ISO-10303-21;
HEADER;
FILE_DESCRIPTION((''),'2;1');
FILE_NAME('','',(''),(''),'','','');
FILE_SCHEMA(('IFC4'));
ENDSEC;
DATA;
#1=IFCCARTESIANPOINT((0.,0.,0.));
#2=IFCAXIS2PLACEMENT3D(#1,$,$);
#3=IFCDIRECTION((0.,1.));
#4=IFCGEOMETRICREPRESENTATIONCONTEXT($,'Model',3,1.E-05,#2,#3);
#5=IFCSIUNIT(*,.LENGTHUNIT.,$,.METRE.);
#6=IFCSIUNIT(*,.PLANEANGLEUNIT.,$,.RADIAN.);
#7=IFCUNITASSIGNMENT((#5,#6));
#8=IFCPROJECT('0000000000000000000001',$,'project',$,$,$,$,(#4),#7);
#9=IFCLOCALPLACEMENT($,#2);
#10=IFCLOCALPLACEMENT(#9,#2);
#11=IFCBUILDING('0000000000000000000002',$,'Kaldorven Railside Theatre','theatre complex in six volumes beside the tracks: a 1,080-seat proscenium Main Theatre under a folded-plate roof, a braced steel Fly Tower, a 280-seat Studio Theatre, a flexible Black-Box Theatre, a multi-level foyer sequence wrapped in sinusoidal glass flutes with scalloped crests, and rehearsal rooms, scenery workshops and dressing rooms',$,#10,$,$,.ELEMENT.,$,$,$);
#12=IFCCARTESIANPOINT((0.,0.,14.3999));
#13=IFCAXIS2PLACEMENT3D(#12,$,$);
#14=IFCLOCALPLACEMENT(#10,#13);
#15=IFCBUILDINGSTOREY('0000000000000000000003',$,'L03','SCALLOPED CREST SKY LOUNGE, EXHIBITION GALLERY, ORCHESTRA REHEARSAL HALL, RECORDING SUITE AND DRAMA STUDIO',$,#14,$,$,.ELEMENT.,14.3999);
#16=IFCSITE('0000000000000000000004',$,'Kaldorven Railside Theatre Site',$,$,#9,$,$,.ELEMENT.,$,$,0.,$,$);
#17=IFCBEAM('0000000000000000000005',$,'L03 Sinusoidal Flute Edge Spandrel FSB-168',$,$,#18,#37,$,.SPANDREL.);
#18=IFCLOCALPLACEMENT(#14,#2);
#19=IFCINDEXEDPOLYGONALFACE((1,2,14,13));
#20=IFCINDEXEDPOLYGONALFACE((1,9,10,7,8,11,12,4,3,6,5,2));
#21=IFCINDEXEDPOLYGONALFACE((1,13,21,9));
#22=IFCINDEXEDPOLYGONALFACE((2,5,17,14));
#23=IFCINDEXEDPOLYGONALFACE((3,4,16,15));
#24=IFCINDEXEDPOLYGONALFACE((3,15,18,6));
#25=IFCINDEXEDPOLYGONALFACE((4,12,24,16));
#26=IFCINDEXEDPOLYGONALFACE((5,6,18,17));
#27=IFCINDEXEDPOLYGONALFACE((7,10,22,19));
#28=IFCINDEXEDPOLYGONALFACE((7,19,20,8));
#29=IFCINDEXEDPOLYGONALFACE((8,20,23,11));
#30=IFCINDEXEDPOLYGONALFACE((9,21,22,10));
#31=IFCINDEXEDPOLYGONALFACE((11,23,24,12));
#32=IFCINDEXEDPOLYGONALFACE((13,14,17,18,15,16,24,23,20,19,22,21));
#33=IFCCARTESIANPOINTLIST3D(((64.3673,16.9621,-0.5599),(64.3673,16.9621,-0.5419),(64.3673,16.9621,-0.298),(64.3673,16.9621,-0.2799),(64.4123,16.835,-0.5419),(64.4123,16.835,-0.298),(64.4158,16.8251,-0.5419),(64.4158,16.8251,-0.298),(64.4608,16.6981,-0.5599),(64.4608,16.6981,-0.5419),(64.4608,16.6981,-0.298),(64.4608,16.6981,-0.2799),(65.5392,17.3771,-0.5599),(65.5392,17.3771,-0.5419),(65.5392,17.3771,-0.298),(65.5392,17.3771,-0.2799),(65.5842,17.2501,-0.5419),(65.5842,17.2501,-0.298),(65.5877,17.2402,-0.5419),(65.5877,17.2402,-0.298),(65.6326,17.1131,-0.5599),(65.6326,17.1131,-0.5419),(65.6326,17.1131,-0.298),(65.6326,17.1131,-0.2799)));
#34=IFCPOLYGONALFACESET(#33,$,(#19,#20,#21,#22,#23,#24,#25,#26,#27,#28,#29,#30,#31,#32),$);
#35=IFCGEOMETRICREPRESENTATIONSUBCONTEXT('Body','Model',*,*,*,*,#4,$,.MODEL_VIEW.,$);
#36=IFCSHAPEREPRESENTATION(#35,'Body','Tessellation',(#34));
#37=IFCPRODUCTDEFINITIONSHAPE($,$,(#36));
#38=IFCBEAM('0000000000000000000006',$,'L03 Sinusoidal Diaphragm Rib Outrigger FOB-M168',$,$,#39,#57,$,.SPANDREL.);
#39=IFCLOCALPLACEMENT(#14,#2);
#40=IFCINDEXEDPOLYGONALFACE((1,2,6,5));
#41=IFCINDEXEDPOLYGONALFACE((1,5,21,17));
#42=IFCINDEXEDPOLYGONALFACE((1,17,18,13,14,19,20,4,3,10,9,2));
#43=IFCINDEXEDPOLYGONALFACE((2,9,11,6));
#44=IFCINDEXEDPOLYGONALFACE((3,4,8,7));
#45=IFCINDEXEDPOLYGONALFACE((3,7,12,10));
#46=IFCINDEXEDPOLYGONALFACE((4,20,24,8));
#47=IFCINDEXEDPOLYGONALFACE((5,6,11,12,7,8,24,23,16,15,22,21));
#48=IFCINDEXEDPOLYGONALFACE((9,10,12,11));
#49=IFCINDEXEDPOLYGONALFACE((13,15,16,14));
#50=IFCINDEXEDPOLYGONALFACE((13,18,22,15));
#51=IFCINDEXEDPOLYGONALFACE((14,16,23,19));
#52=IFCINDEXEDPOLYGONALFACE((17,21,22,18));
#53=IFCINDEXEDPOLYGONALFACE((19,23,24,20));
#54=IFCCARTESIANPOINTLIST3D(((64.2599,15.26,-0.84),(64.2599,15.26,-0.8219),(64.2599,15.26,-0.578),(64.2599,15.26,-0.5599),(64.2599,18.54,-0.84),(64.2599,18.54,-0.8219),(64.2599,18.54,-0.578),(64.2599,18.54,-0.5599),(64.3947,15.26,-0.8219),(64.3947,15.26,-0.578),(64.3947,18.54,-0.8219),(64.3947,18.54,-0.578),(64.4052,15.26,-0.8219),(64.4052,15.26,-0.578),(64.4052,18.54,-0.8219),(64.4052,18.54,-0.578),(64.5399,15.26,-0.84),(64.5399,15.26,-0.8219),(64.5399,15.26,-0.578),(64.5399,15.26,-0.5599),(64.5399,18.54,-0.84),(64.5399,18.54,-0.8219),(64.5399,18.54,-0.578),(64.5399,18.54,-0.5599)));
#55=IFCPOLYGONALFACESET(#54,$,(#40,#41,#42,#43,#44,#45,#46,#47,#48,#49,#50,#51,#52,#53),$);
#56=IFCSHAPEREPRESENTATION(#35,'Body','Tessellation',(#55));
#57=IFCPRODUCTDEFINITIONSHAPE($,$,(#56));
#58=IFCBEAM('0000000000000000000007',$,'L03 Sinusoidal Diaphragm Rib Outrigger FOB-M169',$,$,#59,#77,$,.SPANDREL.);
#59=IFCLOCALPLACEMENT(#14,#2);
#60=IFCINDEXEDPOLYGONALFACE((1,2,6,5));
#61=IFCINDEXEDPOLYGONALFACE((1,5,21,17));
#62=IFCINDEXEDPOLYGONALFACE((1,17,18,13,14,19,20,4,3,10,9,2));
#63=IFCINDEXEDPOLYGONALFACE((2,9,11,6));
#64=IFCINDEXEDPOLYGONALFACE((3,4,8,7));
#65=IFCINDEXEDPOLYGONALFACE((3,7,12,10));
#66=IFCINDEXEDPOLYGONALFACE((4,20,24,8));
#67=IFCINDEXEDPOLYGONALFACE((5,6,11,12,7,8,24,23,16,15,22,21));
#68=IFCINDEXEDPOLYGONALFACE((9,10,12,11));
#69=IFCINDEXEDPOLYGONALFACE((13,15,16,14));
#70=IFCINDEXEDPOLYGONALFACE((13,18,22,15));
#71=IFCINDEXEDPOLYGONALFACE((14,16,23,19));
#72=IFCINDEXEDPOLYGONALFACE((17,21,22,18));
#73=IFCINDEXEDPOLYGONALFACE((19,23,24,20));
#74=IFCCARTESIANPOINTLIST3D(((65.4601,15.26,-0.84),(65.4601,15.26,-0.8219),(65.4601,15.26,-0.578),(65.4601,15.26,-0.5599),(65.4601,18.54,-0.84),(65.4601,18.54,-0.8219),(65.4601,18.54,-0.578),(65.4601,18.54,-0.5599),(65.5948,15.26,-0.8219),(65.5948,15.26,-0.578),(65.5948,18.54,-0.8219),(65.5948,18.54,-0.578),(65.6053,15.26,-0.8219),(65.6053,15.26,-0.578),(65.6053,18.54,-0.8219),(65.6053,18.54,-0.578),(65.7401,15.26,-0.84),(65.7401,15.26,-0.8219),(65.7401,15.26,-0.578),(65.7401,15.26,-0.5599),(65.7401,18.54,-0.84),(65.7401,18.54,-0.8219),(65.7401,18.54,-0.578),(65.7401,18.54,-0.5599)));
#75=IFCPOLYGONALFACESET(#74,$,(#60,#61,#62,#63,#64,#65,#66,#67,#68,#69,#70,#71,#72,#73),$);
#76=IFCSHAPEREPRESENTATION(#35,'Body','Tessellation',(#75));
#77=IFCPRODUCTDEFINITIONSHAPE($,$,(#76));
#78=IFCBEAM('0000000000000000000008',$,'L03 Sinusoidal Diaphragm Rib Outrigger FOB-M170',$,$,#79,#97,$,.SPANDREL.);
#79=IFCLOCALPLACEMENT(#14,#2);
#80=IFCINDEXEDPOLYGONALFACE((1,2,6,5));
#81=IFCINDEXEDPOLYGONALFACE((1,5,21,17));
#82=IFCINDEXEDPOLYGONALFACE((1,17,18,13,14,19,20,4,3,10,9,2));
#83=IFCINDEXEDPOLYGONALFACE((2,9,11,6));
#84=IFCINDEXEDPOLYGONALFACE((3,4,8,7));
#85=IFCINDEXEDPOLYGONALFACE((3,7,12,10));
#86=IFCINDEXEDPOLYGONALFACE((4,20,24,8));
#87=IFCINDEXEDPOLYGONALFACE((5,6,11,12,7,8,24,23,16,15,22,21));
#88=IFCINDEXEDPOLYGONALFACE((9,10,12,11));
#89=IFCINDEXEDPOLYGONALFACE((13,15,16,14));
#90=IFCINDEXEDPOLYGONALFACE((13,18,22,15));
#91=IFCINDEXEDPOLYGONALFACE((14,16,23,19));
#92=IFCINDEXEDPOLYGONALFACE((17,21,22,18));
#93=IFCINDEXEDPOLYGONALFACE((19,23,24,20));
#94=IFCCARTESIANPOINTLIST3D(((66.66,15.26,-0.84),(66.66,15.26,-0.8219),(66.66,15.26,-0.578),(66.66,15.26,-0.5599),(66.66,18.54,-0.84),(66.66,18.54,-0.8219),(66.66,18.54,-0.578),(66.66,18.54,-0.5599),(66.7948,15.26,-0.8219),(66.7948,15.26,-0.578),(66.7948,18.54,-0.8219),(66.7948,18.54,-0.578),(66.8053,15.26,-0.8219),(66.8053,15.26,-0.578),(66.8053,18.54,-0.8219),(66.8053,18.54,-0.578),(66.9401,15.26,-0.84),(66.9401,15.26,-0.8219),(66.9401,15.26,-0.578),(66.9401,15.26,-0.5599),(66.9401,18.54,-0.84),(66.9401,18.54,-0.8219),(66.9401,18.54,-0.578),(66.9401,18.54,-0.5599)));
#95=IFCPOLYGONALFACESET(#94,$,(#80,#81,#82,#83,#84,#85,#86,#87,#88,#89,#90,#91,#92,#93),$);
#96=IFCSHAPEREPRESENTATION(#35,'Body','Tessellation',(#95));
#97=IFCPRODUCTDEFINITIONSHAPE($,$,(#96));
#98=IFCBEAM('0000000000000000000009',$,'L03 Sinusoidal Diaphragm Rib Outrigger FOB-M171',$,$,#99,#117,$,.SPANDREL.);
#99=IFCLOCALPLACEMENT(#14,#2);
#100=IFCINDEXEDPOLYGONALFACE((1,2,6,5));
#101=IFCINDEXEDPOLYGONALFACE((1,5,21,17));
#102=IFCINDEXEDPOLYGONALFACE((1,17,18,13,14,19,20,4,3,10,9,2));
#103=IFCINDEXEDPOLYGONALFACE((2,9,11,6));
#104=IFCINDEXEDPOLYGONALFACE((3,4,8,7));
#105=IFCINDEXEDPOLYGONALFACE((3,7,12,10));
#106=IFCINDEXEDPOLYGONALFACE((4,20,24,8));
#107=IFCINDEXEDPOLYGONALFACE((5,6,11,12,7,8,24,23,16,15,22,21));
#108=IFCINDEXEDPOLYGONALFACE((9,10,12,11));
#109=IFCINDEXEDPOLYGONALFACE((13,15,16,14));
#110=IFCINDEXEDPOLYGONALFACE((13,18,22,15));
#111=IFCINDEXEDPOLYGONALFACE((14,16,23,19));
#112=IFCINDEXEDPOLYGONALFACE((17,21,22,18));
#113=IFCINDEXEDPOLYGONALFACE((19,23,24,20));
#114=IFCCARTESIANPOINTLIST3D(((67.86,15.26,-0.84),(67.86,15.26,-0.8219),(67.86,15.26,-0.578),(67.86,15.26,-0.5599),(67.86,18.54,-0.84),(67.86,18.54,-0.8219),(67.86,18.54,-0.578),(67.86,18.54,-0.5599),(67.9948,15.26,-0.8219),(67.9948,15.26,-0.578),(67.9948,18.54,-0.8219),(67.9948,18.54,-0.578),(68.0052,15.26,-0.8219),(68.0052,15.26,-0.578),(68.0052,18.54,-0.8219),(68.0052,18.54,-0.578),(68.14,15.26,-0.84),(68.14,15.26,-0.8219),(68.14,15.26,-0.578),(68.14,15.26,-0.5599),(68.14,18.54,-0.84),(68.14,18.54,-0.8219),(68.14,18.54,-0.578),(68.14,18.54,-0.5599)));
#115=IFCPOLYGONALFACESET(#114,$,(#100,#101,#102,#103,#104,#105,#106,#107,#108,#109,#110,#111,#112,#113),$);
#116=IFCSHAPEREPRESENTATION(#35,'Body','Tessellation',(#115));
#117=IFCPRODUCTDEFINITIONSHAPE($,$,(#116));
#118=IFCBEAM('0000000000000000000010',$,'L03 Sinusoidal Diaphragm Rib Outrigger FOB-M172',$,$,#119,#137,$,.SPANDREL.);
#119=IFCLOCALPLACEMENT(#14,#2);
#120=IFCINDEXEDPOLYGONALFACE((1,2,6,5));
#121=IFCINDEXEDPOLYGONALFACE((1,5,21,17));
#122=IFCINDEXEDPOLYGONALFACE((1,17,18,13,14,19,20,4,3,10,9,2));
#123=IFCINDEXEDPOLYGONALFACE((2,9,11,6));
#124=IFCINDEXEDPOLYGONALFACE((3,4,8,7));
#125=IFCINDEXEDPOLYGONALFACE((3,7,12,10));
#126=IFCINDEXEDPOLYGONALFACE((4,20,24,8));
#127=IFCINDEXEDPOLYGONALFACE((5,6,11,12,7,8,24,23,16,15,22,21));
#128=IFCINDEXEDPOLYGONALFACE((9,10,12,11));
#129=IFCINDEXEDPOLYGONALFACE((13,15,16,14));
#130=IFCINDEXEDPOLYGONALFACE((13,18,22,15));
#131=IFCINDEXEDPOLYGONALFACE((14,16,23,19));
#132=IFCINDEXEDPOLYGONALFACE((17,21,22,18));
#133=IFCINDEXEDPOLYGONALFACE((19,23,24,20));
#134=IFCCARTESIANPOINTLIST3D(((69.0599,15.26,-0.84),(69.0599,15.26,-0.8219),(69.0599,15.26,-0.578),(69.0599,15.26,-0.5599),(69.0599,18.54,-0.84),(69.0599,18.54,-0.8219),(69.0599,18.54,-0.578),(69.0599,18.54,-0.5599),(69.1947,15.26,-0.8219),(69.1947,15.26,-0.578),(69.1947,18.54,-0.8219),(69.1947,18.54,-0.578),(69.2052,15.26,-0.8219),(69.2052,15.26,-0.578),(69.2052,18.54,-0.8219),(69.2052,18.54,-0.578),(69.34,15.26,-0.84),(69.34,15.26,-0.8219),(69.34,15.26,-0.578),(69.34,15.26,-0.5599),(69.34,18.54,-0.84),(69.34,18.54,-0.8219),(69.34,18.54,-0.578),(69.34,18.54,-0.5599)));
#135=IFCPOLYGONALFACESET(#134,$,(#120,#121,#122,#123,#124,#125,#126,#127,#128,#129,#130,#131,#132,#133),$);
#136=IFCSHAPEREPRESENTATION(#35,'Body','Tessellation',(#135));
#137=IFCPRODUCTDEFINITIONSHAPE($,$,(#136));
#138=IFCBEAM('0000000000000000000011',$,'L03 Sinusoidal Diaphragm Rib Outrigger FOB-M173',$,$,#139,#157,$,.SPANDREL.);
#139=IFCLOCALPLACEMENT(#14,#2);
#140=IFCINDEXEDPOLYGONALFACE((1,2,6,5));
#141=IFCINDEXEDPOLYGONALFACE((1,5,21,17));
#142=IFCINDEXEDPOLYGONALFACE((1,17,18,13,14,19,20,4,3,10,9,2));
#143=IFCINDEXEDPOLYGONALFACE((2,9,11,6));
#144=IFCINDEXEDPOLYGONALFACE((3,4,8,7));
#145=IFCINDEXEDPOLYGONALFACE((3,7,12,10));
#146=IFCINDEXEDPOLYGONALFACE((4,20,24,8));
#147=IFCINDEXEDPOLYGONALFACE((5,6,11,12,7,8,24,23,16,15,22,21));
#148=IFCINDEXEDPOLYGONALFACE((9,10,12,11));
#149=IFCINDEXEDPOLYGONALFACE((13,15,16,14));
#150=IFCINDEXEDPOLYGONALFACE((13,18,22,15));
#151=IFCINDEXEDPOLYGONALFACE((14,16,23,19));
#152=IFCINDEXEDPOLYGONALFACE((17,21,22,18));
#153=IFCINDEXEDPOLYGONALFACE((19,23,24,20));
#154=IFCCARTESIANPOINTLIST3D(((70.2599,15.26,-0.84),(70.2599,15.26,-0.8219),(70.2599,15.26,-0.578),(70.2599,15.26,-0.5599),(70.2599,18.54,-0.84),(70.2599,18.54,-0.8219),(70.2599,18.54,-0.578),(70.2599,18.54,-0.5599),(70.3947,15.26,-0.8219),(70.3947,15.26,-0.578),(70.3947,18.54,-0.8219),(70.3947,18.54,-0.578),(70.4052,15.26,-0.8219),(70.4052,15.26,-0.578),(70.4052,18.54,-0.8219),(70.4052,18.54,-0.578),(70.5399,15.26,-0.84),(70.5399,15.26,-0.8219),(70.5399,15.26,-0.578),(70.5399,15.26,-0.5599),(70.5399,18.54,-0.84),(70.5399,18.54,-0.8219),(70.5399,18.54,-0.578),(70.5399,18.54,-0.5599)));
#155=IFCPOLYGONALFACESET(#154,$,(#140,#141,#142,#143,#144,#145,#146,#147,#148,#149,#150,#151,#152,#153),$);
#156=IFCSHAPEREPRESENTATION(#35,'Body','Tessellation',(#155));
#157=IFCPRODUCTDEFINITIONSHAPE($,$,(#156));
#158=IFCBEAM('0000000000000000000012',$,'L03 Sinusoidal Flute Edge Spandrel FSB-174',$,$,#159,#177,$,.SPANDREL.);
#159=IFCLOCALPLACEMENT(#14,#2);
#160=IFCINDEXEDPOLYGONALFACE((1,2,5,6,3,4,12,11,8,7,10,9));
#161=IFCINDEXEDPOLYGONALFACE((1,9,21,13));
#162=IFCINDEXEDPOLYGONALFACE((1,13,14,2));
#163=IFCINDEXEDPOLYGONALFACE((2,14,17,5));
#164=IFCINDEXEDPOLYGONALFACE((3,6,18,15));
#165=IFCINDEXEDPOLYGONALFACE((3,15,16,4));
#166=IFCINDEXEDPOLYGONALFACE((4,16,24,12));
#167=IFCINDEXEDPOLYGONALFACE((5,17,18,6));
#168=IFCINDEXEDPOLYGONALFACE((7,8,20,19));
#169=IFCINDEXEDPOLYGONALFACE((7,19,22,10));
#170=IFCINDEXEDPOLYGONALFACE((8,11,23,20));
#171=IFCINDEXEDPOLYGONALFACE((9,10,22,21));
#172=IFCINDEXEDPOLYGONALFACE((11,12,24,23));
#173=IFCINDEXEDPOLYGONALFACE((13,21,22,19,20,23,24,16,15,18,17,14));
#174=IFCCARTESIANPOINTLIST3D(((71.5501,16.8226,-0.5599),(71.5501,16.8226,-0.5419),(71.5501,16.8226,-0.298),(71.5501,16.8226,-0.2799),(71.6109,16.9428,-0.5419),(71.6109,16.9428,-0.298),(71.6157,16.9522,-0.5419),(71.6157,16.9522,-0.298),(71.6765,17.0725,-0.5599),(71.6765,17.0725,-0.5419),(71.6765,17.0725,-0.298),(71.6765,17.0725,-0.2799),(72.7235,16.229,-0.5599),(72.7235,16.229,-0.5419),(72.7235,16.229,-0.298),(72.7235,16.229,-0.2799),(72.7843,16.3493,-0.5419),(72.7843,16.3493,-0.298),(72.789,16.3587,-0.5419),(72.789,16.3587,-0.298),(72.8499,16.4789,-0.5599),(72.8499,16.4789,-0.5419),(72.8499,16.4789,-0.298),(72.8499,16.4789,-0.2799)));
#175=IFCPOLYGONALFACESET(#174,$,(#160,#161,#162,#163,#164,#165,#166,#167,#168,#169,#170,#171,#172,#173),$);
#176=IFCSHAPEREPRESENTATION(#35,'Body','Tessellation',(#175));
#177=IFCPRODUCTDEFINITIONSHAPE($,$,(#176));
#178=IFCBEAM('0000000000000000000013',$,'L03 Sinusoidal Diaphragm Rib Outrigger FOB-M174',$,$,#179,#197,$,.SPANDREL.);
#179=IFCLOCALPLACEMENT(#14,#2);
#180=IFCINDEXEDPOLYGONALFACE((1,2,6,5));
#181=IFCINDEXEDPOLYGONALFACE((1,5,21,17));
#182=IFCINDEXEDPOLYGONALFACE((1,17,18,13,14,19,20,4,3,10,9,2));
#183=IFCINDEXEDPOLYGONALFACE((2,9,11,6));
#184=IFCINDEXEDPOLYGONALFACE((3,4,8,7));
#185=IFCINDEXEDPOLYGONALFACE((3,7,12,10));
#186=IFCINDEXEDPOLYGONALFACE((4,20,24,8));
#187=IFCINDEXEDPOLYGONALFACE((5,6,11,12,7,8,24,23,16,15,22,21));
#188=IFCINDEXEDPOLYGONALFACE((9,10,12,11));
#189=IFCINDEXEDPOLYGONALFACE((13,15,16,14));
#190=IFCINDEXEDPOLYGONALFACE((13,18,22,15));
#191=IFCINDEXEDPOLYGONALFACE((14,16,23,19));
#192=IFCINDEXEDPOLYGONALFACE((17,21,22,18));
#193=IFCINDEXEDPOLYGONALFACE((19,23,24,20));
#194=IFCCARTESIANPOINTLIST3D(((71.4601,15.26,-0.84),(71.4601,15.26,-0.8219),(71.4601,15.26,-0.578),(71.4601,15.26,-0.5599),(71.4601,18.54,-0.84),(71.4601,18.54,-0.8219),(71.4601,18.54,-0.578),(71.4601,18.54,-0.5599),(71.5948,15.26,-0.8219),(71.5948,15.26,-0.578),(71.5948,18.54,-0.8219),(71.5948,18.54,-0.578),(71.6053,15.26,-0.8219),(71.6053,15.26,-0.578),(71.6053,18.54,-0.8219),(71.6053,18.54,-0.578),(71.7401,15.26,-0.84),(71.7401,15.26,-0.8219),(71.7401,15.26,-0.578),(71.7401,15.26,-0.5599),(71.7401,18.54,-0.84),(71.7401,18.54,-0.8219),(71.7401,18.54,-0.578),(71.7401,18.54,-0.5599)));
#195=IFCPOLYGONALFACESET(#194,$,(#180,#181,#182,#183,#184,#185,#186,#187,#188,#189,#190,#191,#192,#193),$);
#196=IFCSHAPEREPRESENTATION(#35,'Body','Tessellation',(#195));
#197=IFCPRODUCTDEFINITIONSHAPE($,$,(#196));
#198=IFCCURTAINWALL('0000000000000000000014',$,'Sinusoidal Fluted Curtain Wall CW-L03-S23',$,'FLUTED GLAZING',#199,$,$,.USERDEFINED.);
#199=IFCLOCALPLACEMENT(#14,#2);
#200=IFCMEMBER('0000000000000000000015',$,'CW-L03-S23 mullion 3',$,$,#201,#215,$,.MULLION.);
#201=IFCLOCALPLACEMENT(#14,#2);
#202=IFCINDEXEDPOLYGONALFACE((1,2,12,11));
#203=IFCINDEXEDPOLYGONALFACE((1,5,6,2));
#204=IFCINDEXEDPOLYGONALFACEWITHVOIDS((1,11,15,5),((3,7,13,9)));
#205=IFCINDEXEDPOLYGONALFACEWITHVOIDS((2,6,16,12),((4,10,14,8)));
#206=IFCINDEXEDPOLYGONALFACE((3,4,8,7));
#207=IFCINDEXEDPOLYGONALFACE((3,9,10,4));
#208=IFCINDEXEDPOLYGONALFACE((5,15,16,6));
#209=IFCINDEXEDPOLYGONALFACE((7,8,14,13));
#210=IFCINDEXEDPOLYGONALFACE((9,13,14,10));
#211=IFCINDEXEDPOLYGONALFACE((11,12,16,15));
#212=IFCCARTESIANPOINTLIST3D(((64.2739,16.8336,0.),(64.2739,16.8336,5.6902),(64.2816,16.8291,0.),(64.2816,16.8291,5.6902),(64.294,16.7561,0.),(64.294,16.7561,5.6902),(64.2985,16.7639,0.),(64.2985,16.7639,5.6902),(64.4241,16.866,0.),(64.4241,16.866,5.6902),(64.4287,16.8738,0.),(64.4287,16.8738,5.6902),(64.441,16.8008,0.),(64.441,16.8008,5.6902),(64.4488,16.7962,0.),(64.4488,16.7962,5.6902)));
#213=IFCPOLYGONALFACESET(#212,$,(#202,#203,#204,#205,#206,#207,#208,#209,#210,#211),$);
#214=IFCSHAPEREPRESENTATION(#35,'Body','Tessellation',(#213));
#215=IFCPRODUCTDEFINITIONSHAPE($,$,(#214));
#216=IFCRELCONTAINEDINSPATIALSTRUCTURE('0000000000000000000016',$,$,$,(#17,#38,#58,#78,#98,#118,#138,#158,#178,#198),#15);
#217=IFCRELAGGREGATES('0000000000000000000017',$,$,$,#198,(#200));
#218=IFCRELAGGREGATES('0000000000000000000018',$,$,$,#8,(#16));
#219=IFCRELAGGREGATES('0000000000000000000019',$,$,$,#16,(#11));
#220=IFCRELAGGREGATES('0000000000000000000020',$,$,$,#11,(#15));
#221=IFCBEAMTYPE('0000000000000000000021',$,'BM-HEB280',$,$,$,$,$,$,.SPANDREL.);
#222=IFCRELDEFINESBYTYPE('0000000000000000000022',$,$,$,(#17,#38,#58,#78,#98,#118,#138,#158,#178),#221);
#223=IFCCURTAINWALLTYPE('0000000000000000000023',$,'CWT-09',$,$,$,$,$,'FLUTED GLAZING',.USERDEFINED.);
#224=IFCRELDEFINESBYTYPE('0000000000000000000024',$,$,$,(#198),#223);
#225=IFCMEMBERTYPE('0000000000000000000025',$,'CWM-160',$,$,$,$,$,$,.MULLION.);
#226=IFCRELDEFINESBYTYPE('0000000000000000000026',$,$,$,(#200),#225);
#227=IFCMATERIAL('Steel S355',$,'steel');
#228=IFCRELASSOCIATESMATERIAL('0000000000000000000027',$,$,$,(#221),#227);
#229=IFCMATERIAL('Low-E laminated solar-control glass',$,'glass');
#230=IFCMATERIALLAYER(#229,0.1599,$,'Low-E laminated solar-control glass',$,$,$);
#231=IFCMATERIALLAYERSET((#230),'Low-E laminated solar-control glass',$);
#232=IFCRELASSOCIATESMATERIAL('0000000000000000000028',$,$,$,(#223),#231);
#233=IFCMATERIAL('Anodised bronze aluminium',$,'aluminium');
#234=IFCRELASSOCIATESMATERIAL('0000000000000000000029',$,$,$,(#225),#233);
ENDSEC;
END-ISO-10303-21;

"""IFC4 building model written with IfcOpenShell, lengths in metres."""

from ifc_helpers import new_model, si_unit, direction, frame, origin, origin_2d, place, context, subcontext, project, spatial, hollow_rectangle, i_section, extrude, material, layer, layer_set, material_profile, profile_set, type_object, element, aggregate, save


model = new_model("IFC4")

# Units and contexts
model_context = context("Model", 3, precision=1e-05, world=origin(), true_north=direction((0.0, 1.0)))
body_context = subcontext(model_context, "Body", "Model", "MODEL_VIEW")
ifc_project = project(units=[si_unit("LENGTHUNIT", "METRE"), si_unit("PLANEANGLEUNIT", "RADIAN")], contexts=[model_context])

# Site, building, storey
site_placement = place(None, origin())
site = spatial("IfcSite", under=ifc_project, at=site_placement, Name="Kaldorven Railside Theatre Site", CompositionType="ELEMENT", RefElevation=0.0)
building_placement = place(site_placement, origin())
building = spatial("IfcBuilding", under=site, at=building_placement, Name="Kaldorven Railside Theatre", Description="theatre complex in six volumes beside the tracks: a 1,080-seat proscenium Main Theatre under a folded-plate roof, a braced steel Fly Tower, a 280-seat Studio Theatre, a flexible Black-Box Theatre, a multi-level foyer sequence wrapped in sinusoidal glass flutes with scalloped crests, and rehearsal rooms, scenery workshops and dressing rooms", CompositionType="ELEMENT")
storey_placement = place(building_placement, frame((0.0, 0.0, 14.3999)))
storey = spatial("IfcBuildingStorey", under=building, at=storey_placement, Name="L03", Description="SCALLOPED CREST SKY LOUNGE, EXHIBITION GALLERY, ORCHESTRA REHEARSAL HALL, RECORDING SUITE AND DRAMA STUDIO", CompositionType="ELEMENT", Elevation=14.3999)

# Beams
ifc_material_1 = material(Name="Steel S355", Category="steel")
ifc_material_profile_1 = material_profile(ifc_material_1, i_section(OverallWidth=0.28, OverallDepth=0.28, WebThickness=0.0105, FlangeThickness=0.0181, at=origin_2d()), Name="HEB 280")
ifc_profile_set_1 = profile_set([ifc_material_profile_1], Name="Steel S355")
beam_type = type_object("IfcBeamType", Name="BM-HEB280", PredefinedType="SPANDREL", material=ifc_profile_set_1)
beam_1_placement = place(storey_placement, frame((64.4141, 16.8301, -0.4199), z_axis=(0.942627, 0.333847, 0.0), x_axis=(-0.333847, 0.942627, 0.0)))
element("IfcBeam", 1, at=beam_1_placement, inside=storey, type_object=beam_type, Name="L03 Sinusoidal Flute Edge Spandrel FSB-168", PredefinedType="SPANDREL", context=body_context, shape_type="SweptSolid", body=[
    extrude(i_section(OverallWidth=0.28, OverallDepth=0.28, WebThickness=0.0105, FlangeThickness=0.0181, at=origin_2d()), origin(), (0.0, 0.0, 1.0), 1.2432),
])
for number, where, z_axis, x_axis, name in (
    (2, (64.3999, 15.26, -0.7), (0.0, 1.0, 0.0), (-1.0, 0.0, 0.0), "L03 Sinusoidal Diaphragm Rib Outrigger FOB-M168"),
    (3, (65.6001, 15.26, -0.7), (0.0, 1.0, 0.0), (-1.0, 0.0, 0.0), "L03 Sinusoidal Diaphragm Rib Outrigger FOB-M169"),
    (4, (66.8, 15.26, -0.7), (0.0, 1.0, 0.0), (-1.0, 0.0, 0.0), "L03 Sinusoidal Diaphragm Rib Outrigger FOB-M170"),
    (5, (68.0, 15.26, -0.7), (0.0, 1.0, 0.0), (-1.0, 0.0, 0.0), "L03 Sinusoidal Diaphragm Rib Outrigger FOB-M171"),
    (6, (69.2, 15.26, -0.7), (0.0, 1.0, 0.0), (-1.0, 0.0, 0.0), "L03 Sinusoidal Diaphragm Rib Outrigger FOB-M172"),
    (7, (70.3999, 15.26, -0.7), (0.0, 1.0, 0.0), (-1.0, 0.0, 0.0), "L03 Sinusoidal Diaphragm Rib Outrigger FOB-M173"),
):
    element("IfcBeam", number, at=place(storey_placement, frame(where, z_axis=z_axis, x_axis=x_axis)), inside=storey, type_object=beam_type, Name=name, PredefinedType="SPANDREL", context=body_context, shape_type="SweptSolid", body=[
        extrude(i_section(OverallWidth=0.28, OverallDepth=0.28, WebThickness=0.0105, FlangeThickness=0.0181, at=origin_2d()), origin(), (0.0, 0.0, 1.0), 3.28),
    ])
beam_2_placement = place(storey_placement, frame((71.6133, 16.9475, -0.4199), z_axis=(0.892338, -0.451368, 0.0), x_axis=(0.451368, 0.892338, 0.0)))
element("IfcBeam", 8, at=beam_2_placement, inside=storey, type_object=beam_type, Name="L03 Sinusoidal Flute Edge Spandrel FSB-174", PredefinedType="SPANDREL", context=body_context, shape_type="SweptSolid", body=[
    extrude(i_section(OverallWidth=0.28, OverallDepth=0.28, WebThickness=0.0105, FlangeThickness=0.0181, at=origin_2d()), origin(), (0.0, 0.0, 1.0), 1.3149),
])
beam_3_placement = place(storey_placement, frame((71.6001, 15.26, -0.7), z_axis=(0.0, 1.0, 0.0), x_axis=(-1.0, 0.0, 0.0)))
element("IfcBeam", 9, at=beam_3_placement, inside=storey, type_object=beam_type, Name="L03 Sinusoidal Diaphragm Rib Outrigger FOB-M174", PredefinedType="SPANDREL", context=body_context, shape_type="SweptSolid", body=[
    extrude(i_section(OverallWidth=0.28, OverallDepth=0.28, WebThickness=0.0105, FlangeThickness=0.0181, at=origin_2d()), origin(), (0.0, 0.0, 1.0), 3.28),
])

# Curtain wall, member
ifc_material_2 = material(Name="Low-E laminated solar-control glass", Category="glass")
ifc_layer_1 = layer(ifc_material_2, 0.1599, Name="Low-E laminated solar-control glass")
ifc_layer_set_1 = layer_set([ifc_layer_1], Name="Low-E laminated solar-control glass")
curtain_wall_type_1 = type_object("IfcCurtainWallType", Name="CWT-09", ElementType="FLUTED GLAZING", PredefinedType="USERDEFINED", material=ifc_layer_set_1)
curtain_wall_1_placement = place(storey_placement, origin())
curtain_wall_1 = element("IfcCurtainWall", 10, at=curtain_wall_1_placement, inside=storey, type_object=curtain_wall_type_1, Name="Sinusoidal Fluted Curtain Wall CW-L03-S23", ObjectType="FLUTED GLAZING", PredefinedType="USERDEFINED")
ifc_material_3 = material(Name="Anodised bronze aluminium", Category="aluminium")
ifc_material_profile_2 = material_profile(ifc_material_3, hollow_rectangle(XDim=0.0801, YDim=0.1599, WallThickness=0.0063, at=origin_2d()), Name="RHS 160x80x6.3")
ifc_profile_set_2 = profile_set([ifc_material_profile_2], Name="Anodised bronze aluminium")
member_type_1 = type_object("IfcMemberType", Name="CWM-160", PredefinedType="MULLION", material=ifc_profile_set_2)
member_1_placement = place(storey_placement, frame((64.3613, 16.8149, 0.0), z_axis=(0.0, 0.0, 1.0), x_axis=(-0.250954, 0.967999, 0.0)))
member_1 = element("IfcMember", 11, at=member_1_placement, type_object=member_type_1, Name="CW-L03-S23 mullion 3", PredefinedType="MULLION", context=body_context, shape_type="SweptSolid", body=[
    extrude(hollow_rectangle(XDim=0.0801, YDim=0.1599, WallThickness=0.0063, at=origin_2d()), origin(), (0.0, 0.0, 1.0), 5.6902),
])

aggregate(curtain_wall_1, [member_1])

save(model, "model.ifc")
